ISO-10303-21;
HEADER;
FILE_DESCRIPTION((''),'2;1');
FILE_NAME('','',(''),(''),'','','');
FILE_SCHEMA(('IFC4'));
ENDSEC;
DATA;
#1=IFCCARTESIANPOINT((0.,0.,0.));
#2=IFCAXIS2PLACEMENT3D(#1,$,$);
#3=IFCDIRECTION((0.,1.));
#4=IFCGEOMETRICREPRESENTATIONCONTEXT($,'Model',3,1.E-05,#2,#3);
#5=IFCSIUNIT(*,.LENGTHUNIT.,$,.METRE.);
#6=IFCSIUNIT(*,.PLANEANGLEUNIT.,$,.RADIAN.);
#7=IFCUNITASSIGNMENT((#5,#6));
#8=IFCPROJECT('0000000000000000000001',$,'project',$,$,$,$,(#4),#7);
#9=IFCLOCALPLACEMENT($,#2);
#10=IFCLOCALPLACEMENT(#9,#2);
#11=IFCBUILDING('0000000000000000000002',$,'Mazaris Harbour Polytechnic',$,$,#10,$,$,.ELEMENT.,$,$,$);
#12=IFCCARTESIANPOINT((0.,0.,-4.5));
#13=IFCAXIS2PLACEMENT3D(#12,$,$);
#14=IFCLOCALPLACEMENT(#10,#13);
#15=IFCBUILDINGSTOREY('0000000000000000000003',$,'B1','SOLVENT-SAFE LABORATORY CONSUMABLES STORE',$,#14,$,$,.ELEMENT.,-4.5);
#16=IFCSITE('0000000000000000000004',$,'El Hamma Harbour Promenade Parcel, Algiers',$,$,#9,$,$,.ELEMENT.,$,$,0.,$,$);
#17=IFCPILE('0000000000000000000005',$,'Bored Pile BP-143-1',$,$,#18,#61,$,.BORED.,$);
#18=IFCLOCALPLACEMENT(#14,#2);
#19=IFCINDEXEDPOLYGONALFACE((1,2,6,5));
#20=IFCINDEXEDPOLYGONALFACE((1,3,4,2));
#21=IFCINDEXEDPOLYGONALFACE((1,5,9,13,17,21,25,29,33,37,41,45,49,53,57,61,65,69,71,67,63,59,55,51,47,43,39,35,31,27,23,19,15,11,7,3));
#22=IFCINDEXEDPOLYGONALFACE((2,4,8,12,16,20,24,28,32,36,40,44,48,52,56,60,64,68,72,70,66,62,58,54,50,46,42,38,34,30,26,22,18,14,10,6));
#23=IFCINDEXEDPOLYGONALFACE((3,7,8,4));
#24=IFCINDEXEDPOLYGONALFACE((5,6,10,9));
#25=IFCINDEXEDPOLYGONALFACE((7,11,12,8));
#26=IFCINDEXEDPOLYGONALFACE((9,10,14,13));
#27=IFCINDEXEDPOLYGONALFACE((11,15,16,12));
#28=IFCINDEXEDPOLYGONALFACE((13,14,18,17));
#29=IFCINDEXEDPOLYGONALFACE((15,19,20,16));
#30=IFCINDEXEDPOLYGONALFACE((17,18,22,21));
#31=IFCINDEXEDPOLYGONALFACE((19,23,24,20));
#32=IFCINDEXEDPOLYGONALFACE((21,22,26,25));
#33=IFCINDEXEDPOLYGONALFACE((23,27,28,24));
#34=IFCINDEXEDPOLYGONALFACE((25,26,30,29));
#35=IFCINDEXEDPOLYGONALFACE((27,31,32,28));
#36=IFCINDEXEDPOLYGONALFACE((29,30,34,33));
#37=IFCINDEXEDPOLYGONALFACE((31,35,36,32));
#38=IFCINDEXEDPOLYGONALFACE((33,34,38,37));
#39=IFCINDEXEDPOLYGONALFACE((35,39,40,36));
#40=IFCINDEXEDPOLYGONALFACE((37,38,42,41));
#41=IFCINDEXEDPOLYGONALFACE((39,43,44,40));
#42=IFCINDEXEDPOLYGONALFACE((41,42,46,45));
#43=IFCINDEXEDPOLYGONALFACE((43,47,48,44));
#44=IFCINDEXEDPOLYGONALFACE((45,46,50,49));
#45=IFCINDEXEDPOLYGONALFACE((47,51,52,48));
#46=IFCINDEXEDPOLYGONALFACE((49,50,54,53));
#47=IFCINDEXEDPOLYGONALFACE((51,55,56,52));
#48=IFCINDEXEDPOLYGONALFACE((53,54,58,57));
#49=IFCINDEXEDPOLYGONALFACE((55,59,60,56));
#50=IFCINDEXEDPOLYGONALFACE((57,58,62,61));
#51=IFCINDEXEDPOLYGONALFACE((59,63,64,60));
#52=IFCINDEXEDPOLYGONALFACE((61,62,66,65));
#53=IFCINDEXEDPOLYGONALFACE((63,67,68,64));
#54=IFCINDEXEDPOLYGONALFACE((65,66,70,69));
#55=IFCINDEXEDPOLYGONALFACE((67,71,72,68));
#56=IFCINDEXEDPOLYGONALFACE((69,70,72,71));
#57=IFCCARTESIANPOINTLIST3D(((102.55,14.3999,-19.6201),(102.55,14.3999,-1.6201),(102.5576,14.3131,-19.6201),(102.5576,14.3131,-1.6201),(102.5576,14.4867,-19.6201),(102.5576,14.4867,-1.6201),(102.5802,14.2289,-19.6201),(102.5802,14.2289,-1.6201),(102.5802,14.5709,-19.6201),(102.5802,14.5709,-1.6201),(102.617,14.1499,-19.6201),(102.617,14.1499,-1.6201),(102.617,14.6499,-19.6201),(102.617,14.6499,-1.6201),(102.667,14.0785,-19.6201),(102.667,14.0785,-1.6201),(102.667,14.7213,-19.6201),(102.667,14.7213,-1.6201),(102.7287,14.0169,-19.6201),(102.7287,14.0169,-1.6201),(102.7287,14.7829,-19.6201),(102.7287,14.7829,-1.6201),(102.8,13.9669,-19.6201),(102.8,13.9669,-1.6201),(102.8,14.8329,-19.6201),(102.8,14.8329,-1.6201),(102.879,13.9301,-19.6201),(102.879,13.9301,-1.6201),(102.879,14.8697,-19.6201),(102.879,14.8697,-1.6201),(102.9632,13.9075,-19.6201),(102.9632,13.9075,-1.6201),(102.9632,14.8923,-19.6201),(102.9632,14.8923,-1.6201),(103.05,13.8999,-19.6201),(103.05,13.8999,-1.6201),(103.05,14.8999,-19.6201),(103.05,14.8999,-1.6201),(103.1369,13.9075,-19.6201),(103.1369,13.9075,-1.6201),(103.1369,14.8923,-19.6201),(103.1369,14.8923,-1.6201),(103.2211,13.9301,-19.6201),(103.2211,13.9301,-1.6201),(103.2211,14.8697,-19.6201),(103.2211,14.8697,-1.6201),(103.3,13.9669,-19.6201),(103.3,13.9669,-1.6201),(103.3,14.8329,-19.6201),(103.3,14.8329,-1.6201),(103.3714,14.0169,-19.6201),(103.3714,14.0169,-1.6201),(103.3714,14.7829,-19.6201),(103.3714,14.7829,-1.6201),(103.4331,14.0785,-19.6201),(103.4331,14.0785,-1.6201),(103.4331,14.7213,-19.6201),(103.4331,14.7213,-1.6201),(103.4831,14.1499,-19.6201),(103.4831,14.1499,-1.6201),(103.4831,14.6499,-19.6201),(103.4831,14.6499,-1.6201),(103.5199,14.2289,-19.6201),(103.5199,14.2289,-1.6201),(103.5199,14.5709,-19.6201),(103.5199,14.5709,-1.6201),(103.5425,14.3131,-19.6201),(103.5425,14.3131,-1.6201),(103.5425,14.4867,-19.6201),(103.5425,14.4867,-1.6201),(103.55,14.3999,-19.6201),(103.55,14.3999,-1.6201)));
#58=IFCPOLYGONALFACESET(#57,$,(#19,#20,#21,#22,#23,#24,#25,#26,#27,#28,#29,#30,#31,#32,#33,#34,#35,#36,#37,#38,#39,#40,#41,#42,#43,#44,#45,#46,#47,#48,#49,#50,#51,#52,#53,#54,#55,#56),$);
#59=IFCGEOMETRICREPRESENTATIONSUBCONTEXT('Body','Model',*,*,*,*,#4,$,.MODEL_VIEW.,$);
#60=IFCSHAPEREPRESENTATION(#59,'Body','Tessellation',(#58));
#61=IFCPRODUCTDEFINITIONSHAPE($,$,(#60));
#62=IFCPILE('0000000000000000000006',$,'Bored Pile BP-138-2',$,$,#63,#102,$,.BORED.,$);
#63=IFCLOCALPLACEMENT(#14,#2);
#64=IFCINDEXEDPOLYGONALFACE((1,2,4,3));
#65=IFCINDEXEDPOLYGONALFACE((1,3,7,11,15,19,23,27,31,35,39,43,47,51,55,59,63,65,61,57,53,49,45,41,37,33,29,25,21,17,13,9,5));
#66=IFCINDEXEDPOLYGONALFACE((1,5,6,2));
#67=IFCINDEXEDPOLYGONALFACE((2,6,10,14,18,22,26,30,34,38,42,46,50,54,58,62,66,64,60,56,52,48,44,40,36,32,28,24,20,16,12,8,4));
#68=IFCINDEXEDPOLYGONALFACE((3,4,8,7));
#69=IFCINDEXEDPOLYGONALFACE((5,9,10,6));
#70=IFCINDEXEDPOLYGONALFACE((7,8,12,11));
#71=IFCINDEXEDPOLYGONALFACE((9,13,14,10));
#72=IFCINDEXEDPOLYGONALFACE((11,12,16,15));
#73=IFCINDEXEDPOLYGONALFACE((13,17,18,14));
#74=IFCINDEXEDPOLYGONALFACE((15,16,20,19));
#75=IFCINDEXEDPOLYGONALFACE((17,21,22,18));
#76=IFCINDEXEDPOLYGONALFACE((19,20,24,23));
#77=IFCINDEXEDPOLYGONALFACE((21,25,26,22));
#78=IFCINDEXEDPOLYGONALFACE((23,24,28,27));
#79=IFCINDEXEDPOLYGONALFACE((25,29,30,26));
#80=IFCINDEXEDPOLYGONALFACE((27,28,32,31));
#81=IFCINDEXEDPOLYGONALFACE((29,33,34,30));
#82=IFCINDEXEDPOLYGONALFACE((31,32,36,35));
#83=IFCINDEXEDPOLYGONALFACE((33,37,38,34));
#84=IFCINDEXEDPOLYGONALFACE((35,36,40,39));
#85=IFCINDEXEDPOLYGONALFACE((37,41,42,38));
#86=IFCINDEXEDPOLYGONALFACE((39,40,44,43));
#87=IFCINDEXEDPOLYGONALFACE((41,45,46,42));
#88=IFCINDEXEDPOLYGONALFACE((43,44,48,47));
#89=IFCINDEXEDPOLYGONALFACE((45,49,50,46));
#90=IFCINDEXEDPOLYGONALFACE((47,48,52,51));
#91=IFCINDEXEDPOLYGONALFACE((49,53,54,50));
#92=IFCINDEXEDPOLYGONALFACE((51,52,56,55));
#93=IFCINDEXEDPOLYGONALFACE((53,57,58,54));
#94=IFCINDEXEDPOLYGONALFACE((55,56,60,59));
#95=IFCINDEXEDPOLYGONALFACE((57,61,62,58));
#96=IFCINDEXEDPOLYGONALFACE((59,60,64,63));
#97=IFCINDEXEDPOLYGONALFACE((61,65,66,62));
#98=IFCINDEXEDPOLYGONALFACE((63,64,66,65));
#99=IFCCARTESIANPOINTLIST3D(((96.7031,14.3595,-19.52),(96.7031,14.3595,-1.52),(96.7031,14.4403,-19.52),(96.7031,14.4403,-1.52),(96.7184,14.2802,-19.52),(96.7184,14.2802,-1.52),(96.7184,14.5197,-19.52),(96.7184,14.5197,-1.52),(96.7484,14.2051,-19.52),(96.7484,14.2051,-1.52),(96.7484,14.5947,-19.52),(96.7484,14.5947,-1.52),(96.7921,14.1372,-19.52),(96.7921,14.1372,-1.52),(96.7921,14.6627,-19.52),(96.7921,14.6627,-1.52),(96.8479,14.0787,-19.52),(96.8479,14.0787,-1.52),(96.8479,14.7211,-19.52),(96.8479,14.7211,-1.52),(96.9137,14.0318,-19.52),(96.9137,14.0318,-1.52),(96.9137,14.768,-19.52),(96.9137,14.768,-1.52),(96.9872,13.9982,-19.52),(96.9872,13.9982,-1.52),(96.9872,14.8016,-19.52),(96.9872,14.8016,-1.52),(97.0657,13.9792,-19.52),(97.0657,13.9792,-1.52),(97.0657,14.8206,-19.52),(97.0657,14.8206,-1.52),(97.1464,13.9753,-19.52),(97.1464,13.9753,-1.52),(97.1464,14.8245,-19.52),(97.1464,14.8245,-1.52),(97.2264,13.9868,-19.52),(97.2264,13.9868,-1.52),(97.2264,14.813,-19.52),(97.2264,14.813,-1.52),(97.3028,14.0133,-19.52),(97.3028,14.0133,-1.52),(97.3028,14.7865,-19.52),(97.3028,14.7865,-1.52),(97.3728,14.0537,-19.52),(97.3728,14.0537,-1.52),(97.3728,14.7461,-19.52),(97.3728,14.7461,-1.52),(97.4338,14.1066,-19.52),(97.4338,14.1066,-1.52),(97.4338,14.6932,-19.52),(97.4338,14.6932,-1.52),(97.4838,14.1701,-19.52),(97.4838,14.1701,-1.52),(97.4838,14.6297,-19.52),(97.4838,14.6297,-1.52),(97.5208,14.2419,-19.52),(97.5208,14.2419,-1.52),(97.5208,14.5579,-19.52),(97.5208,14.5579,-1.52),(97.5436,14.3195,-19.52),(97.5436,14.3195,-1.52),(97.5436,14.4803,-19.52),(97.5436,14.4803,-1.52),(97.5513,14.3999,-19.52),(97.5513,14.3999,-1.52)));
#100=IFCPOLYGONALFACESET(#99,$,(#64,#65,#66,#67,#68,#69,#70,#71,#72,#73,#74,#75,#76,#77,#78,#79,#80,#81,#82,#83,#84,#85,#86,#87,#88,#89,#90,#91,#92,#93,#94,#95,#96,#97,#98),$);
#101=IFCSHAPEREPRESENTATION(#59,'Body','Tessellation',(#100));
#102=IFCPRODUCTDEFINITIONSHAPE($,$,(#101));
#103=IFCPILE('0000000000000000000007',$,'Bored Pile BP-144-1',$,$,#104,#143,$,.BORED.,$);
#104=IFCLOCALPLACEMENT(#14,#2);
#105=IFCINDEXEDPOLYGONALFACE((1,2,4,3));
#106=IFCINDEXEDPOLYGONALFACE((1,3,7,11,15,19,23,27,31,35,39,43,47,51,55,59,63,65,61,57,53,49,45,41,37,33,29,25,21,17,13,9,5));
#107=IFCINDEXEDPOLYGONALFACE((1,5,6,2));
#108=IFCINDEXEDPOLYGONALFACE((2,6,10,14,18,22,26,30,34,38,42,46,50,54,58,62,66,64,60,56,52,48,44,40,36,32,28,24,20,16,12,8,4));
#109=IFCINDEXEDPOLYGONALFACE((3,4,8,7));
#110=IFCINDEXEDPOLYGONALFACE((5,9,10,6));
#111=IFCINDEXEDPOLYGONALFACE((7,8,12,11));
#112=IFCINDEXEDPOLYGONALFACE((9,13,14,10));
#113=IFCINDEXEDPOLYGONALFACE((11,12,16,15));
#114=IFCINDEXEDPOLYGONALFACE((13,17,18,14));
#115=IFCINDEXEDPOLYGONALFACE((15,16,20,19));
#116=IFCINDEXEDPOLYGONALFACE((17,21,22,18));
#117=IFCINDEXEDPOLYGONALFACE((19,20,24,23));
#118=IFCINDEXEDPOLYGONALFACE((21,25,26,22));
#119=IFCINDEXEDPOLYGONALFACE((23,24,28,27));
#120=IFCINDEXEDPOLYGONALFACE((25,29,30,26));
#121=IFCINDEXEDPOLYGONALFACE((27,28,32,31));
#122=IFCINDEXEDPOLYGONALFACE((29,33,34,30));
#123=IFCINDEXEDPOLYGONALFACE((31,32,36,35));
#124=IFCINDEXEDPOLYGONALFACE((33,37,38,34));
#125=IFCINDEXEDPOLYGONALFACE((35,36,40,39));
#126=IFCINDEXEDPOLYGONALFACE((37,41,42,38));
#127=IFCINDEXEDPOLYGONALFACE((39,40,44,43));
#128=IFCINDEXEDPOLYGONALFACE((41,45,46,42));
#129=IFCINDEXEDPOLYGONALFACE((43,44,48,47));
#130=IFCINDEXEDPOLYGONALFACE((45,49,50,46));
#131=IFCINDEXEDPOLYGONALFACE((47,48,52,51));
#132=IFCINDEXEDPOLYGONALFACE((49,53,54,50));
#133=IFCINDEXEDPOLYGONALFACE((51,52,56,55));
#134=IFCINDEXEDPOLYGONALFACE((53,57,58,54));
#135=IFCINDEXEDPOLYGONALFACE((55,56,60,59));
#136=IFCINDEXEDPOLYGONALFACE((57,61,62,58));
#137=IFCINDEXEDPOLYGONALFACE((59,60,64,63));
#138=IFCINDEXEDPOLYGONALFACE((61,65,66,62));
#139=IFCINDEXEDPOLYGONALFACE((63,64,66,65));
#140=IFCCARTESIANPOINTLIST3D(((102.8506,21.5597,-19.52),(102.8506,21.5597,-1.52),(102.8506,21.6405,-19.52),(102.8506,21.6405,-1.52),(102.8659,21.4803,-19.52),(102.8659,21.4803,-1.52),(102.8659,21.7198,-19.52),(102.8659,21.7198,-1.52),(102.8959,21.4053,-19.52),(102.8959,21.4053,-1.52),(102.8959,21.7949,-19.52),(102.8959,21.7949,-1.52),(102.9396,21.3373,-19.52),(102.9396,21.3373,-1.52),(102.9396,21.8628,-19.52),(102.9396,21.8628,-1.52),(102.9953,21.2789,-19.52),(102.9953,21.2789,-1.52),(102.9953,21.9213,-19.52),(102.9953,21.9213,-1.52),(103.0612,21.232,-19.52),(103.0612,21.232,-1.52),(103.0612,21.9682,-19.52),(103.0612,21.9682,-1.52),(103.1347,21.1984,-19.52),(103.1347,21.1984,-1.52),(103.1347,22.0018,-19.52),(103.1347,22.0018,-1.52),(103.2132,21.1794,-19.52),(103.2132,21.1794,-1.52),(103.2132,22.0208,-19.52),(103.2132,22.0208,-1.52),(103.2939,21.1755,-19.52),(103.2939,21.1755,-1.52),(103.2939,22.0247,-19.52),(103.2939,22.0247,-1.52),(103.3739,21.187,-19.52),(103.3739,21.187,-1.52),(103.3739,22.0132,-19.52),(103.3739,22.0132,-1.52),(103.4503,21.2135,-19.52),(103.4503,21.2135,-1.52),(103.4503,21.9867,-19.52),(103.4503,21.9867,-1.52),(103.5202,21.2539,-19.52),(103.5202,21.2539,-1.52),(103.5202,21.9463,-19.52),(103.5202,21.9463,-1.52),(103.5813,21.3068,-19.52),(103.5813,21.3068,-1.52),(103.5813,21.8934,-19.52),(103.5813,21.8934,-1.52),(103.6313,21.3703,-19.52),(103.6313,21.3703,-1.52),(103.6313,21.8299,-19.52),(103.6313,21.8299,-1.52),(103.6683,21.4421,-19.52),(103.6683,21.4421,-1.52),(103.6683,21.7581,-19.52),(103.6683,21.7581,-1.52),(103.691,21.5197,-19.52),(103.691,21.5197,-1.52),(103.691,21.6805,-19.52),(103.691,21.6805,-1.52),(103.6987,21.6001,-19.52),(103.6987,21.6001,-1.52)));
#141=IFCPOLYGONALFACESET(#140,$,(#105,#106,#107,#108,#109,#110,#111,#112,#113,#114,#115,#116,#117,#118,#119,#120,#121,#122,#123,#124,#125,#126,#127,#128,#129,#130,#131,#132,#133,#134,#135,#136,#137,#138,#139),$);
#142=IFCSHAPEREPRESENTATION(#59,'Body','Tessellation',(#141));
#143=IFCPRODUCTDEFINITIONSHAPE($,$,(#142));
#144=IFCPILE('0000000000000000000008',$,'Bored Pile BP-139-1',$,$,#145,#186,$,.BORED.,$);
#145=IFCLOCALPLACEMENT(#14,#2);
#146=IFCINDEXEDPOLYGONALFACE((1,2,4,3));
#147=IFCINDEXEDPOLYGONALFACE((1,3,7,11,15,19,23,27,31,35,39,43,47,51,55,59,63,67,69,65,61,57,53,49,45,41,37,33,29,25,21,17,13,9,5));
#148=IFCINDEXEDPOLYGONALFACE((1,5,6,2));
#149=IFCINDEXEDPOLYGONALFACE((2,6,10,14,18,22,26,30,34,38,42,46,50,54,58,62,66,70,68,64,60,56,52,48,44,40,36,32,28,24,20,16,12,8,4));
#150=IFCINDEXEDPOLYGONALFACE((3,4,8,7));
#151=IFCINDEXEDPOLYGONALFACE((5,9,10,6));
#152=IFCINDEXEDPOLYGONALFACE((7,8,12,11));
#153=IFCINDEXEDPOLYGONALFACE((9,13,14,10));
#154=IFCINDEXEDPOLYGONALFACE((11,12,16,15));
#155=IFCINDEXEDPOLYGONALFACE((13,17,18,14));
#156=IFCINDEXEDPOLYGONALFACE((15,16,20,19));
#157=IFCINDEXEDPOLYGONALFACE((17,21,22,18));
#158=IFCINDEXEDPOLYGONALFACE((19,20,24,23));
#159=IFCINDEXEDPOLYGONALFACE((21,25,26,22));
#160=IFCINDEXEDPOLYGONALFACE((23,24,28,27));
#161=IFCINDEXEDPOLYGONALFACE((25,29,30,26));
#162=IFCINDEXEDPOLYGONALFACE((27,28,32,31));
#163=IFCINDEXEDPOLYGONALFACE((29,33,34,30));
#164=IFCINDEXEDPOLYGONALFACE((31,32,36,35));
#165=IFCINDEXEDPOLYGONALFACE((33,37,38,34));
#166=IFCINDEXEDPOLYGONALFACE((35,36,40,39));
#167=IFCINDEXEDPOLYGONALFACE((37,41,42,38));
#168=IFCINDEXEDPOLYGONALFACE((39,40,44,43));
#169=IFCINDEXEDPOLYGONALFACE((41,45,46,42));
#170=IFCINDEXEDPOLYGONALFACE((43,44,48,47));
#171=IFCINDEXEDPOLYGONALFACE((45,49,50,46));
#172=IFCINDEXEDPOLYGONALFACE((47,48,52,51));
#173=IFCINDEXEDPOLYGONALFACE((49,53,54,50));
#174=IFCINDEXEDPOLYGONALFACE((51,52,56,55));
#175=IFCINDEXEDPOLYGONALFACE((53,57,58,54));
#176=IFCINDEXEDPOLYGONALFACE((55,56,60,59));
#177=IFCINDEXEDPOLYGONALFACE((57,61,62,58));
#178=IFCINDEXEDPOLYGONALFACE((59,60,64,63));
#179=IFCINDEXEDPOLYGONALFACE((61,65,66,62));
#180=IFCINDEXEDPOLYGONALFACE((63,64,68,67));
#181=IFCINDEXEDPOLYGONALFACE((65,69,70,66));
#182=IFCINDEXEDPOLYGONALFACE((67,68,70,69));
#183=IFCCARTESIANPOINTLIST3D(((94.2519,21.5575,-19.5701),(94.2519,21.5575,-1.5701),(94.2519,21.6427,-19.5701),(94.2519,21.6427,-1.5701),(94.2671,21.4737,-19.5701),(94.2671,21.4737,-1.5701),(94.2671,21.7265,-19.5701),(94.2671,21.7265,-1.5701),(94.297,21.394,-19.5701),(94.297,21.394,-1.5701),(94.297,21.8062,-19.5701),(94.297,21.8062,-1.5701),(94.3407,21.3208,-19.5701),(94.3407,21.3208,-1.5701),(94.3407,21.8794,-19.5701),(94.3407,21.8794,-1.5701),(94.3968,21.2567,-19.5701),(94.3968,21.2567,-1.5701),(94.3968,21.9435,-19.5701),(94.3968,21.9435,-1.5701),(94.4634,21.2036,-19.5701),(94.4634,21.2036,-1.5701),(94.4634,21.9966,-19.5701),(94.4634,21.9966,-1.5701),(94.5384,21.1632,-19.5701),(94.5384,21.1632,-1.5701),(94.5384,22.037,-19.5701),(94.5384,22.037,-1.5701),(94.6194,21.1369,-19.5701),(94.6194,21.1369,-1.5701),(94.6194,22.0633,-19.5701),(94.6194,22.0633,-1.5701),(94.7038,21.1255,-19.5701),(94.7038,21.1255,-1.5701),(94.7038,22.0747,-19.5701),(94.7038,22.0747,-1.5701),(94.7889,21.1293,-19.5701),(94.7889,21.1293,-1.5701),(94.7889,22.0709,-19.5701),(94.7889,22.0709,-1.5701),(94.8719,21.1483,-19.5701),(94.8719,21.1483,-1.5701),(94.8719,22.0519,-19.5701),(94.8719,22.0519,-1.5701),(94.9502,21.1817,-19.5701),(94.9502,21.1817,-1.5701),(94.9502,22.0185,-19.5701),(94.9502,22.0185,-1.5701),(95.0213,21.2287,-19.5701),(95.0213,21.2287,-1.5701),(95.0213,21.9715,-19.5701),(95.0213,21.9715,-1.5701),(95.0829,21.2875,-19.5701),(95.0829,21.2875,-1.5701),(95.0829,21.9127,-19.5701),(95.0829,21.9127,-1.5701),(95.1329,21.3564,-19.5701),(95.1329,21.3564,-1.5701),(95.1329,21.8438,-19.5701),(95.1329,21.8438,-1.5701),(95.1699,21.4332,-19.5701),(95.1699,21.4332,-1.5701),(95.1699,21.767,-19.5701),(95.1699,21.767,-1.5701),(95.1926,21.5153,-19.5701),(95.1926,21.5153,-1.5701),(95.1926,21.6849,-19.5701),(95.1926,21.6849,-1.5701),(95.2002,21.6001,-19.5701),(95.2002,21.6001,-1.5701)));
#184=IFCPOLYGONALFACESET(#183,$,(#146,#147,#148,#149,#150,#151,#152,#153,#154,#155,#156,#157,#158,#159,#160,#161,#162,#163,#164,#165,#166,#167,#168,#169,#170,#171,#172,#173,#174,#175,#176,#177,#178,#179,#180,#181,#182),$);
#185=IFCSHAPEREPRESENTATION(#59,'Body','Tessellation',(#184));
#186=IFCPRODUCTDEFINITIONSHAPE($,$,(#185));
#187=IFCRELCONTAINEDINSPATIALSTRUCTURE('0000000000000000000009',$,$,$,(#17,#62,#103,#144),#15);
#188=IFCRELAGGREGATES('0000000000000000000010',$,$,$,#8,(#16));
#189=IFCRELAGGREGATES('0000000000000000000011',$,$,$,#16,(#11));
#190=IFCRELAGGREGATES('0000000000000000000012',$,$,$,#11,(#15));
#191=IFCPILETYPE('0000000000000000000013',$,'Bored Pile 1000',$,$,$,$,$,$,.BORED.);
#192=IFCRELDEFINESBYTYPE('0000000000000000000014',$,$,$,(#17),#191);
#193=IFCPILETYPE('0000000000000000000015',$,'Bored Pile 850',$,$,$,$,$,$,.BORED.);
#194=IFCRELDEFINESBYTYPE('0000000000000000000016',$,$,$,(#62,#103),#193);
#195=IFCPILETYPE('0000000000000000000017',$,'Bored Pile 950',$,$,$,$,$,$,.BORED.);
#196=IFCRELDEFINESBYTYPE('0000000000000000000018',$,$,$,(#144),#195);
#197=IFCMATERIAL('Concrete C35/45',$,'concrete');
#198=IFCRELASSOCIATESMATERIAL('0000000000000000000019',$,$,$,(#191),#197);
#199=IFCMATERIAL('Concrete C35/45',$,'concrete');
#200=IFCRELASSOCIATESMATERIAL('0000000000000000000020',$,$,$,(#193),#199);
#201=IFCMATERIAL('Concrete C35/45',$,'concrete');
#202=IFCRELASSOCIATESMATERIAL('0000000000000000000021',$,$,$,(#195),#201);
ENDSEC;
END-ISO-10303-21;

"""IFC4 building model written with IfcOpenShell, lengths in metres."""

from ifc_helpers import new_model, si_unit, direction, frame, origin, origin_2d, place, context, subcontext, project, spatial, circle, extrude, material, material_profile, profile_set, type_object, element, save


model = new_model("IFC4")

# Units and contexts
model_context = context("Model", 3, precision=1e-05, world=origin(), true_north=direction((0.0, 1.0)))
body_context = subcontext(model_context, "Body", "Model", "MODEL_VIEW")
ifc_project = project(units=[si_unit("LENGTHUNIT", "METRE"), si_unit("PLANEANGLEUNIT", "RADIAN")], contexts=[model_context])

# Site, building, storey
site_placement = place(None, origin())
site = spatial("IfcSite", under=ifc_project, at=site_placement, Name="El Hamma Harbour Promenade Parcel, Algiers", CompositionType="ELEMENT", RefElevation=0.0)
building_placement = place(site_placement, origin())
building = spatial("IfcBuilding", under=site, at=building_placement, Name="Mazaris Harbour Polytechnic", CompositionType="ELEMENT")
storey_placement = place(building_placement, frame((0.0, 0.0, -4.5)))
storey = spatial("IfcBuildingStorey", under=building, at=storey_placement, Name="B1", Description="SOLVENT-SAFE LABORATORY CONSUMABLES STORE", CompositionType="ELEMENT", Elevation=-4.5)

# Piles
ifc_material_1 = material(Name="Concrete C35/45", Category="concrete")
ifc_material_profile_1 = material_profile(ifc_material_1, circle(Radius=0.5, at=origin_2d()), Name="DIA1000")
ifc_profile_set_1 = profile_set([ifc_material_profile_1], Name="Concrete C35/45")
pile_type_1 = type_object("IfcPileType", Name="Bored Pile 1000", PredefinedType="BORED", material=ifc_profile_set_1)
pile_placement = place(storey_placement, frame((103.05, 14.3999, -1.6201), z_axis=(0.0, 0.0, -1.0), x_axis=(1.0, 0.0, 0.0)))
element("IfcPile", 1, at=pile_placement, inside=storey, type_object=pile_type_1, Name="Bored Pile BP-143-1", PredefinedType="BORED", context=body_context, shape_type="SweptSolid", body=[
    extrude(circle(Radius=0.5, at=origin_2d()), origin(), (0.0, 0.0, 1.0), 18.0),
])
ifc_material_2 = material(Name="Concrete C35/45", Category="concrete")
ifc_material_profile_2 = material_profile(ifc_material_2, circle(Radius=0.425, at=origin_2d()), Name="DIA850")
ifc_profile_set_2 = profile_set([ifc_material_profile_2], Name="Concrete C35/45")
pile_type_2 = type_object("IfcPileType", Name="Bored Pile 850", PredefinedType="BORED", material=ifc_profile_set_2)
for number, where, z_axis, x_axis, name in (
    (2, (97.1262, 14.3999, -1.52), (0.0, 0.0, -1.0), (1.0, 0.0, 0.0), "Bored Pile BP-138-2"),
    (3, (103.2737, 21.6001, -1.52), (0.0, 0.0, -1.0), (1.0, 0.0, 0.0), "Bored Pile BP-144-1"),
):
    element("IfcPile", number, at=place(storey_placement, frame(where, z_axis=z_axis, x_axis=x_axis)), inside=storey, type_object=pile_type_2, Name=name, PredefinedType="BORED", context=body_context, shape_type="SweptSolid", body=[
        extrude(circle(Radius=0.425, at=origin_2d()), origin(), (0.0, 0.0, 1.0), 18.0),
    ])
ifc_material_3 = material(Name="Concrete C35/45", Category="concrete")
ifc_material_profile_3 = material_profile(ifc_material_3, circle(Radius=0.4751, at=origin_2d()), Name="DIA950")
ifc_profile_set_3 = profile_set([ifc_material_profile_3], Name="Concrete C35/45")
pile_type_3 = type_object("IfcPileType", Name="Bored Pile 950", PredefinedType="BORED", material=ifc_profile_set_3)
for number, where, z_axis, x_axis, name in (
    (4, (94.7251, 21.6001, -1.5701), (0.0, 0.0, -1.0), (1.0, 0.0, 0.0), "Bored Pile BP-139-1"),
):
    element("IfcPile", number, at=place(storey_placement, frame(where, z_axis=z_axis, x_axis=x_axis)), inside=storey, type_object=pile_type_3, Name=name, PredefinedType="BORED", context=body_context, shape_type="SweptSolid", body=[
        extrude(circle(Radius=0.4751, at=origin_2d()), origin(), (0.0, 0.0, 1.0), 18.0),
    ])

save(model, "model.ifc")
